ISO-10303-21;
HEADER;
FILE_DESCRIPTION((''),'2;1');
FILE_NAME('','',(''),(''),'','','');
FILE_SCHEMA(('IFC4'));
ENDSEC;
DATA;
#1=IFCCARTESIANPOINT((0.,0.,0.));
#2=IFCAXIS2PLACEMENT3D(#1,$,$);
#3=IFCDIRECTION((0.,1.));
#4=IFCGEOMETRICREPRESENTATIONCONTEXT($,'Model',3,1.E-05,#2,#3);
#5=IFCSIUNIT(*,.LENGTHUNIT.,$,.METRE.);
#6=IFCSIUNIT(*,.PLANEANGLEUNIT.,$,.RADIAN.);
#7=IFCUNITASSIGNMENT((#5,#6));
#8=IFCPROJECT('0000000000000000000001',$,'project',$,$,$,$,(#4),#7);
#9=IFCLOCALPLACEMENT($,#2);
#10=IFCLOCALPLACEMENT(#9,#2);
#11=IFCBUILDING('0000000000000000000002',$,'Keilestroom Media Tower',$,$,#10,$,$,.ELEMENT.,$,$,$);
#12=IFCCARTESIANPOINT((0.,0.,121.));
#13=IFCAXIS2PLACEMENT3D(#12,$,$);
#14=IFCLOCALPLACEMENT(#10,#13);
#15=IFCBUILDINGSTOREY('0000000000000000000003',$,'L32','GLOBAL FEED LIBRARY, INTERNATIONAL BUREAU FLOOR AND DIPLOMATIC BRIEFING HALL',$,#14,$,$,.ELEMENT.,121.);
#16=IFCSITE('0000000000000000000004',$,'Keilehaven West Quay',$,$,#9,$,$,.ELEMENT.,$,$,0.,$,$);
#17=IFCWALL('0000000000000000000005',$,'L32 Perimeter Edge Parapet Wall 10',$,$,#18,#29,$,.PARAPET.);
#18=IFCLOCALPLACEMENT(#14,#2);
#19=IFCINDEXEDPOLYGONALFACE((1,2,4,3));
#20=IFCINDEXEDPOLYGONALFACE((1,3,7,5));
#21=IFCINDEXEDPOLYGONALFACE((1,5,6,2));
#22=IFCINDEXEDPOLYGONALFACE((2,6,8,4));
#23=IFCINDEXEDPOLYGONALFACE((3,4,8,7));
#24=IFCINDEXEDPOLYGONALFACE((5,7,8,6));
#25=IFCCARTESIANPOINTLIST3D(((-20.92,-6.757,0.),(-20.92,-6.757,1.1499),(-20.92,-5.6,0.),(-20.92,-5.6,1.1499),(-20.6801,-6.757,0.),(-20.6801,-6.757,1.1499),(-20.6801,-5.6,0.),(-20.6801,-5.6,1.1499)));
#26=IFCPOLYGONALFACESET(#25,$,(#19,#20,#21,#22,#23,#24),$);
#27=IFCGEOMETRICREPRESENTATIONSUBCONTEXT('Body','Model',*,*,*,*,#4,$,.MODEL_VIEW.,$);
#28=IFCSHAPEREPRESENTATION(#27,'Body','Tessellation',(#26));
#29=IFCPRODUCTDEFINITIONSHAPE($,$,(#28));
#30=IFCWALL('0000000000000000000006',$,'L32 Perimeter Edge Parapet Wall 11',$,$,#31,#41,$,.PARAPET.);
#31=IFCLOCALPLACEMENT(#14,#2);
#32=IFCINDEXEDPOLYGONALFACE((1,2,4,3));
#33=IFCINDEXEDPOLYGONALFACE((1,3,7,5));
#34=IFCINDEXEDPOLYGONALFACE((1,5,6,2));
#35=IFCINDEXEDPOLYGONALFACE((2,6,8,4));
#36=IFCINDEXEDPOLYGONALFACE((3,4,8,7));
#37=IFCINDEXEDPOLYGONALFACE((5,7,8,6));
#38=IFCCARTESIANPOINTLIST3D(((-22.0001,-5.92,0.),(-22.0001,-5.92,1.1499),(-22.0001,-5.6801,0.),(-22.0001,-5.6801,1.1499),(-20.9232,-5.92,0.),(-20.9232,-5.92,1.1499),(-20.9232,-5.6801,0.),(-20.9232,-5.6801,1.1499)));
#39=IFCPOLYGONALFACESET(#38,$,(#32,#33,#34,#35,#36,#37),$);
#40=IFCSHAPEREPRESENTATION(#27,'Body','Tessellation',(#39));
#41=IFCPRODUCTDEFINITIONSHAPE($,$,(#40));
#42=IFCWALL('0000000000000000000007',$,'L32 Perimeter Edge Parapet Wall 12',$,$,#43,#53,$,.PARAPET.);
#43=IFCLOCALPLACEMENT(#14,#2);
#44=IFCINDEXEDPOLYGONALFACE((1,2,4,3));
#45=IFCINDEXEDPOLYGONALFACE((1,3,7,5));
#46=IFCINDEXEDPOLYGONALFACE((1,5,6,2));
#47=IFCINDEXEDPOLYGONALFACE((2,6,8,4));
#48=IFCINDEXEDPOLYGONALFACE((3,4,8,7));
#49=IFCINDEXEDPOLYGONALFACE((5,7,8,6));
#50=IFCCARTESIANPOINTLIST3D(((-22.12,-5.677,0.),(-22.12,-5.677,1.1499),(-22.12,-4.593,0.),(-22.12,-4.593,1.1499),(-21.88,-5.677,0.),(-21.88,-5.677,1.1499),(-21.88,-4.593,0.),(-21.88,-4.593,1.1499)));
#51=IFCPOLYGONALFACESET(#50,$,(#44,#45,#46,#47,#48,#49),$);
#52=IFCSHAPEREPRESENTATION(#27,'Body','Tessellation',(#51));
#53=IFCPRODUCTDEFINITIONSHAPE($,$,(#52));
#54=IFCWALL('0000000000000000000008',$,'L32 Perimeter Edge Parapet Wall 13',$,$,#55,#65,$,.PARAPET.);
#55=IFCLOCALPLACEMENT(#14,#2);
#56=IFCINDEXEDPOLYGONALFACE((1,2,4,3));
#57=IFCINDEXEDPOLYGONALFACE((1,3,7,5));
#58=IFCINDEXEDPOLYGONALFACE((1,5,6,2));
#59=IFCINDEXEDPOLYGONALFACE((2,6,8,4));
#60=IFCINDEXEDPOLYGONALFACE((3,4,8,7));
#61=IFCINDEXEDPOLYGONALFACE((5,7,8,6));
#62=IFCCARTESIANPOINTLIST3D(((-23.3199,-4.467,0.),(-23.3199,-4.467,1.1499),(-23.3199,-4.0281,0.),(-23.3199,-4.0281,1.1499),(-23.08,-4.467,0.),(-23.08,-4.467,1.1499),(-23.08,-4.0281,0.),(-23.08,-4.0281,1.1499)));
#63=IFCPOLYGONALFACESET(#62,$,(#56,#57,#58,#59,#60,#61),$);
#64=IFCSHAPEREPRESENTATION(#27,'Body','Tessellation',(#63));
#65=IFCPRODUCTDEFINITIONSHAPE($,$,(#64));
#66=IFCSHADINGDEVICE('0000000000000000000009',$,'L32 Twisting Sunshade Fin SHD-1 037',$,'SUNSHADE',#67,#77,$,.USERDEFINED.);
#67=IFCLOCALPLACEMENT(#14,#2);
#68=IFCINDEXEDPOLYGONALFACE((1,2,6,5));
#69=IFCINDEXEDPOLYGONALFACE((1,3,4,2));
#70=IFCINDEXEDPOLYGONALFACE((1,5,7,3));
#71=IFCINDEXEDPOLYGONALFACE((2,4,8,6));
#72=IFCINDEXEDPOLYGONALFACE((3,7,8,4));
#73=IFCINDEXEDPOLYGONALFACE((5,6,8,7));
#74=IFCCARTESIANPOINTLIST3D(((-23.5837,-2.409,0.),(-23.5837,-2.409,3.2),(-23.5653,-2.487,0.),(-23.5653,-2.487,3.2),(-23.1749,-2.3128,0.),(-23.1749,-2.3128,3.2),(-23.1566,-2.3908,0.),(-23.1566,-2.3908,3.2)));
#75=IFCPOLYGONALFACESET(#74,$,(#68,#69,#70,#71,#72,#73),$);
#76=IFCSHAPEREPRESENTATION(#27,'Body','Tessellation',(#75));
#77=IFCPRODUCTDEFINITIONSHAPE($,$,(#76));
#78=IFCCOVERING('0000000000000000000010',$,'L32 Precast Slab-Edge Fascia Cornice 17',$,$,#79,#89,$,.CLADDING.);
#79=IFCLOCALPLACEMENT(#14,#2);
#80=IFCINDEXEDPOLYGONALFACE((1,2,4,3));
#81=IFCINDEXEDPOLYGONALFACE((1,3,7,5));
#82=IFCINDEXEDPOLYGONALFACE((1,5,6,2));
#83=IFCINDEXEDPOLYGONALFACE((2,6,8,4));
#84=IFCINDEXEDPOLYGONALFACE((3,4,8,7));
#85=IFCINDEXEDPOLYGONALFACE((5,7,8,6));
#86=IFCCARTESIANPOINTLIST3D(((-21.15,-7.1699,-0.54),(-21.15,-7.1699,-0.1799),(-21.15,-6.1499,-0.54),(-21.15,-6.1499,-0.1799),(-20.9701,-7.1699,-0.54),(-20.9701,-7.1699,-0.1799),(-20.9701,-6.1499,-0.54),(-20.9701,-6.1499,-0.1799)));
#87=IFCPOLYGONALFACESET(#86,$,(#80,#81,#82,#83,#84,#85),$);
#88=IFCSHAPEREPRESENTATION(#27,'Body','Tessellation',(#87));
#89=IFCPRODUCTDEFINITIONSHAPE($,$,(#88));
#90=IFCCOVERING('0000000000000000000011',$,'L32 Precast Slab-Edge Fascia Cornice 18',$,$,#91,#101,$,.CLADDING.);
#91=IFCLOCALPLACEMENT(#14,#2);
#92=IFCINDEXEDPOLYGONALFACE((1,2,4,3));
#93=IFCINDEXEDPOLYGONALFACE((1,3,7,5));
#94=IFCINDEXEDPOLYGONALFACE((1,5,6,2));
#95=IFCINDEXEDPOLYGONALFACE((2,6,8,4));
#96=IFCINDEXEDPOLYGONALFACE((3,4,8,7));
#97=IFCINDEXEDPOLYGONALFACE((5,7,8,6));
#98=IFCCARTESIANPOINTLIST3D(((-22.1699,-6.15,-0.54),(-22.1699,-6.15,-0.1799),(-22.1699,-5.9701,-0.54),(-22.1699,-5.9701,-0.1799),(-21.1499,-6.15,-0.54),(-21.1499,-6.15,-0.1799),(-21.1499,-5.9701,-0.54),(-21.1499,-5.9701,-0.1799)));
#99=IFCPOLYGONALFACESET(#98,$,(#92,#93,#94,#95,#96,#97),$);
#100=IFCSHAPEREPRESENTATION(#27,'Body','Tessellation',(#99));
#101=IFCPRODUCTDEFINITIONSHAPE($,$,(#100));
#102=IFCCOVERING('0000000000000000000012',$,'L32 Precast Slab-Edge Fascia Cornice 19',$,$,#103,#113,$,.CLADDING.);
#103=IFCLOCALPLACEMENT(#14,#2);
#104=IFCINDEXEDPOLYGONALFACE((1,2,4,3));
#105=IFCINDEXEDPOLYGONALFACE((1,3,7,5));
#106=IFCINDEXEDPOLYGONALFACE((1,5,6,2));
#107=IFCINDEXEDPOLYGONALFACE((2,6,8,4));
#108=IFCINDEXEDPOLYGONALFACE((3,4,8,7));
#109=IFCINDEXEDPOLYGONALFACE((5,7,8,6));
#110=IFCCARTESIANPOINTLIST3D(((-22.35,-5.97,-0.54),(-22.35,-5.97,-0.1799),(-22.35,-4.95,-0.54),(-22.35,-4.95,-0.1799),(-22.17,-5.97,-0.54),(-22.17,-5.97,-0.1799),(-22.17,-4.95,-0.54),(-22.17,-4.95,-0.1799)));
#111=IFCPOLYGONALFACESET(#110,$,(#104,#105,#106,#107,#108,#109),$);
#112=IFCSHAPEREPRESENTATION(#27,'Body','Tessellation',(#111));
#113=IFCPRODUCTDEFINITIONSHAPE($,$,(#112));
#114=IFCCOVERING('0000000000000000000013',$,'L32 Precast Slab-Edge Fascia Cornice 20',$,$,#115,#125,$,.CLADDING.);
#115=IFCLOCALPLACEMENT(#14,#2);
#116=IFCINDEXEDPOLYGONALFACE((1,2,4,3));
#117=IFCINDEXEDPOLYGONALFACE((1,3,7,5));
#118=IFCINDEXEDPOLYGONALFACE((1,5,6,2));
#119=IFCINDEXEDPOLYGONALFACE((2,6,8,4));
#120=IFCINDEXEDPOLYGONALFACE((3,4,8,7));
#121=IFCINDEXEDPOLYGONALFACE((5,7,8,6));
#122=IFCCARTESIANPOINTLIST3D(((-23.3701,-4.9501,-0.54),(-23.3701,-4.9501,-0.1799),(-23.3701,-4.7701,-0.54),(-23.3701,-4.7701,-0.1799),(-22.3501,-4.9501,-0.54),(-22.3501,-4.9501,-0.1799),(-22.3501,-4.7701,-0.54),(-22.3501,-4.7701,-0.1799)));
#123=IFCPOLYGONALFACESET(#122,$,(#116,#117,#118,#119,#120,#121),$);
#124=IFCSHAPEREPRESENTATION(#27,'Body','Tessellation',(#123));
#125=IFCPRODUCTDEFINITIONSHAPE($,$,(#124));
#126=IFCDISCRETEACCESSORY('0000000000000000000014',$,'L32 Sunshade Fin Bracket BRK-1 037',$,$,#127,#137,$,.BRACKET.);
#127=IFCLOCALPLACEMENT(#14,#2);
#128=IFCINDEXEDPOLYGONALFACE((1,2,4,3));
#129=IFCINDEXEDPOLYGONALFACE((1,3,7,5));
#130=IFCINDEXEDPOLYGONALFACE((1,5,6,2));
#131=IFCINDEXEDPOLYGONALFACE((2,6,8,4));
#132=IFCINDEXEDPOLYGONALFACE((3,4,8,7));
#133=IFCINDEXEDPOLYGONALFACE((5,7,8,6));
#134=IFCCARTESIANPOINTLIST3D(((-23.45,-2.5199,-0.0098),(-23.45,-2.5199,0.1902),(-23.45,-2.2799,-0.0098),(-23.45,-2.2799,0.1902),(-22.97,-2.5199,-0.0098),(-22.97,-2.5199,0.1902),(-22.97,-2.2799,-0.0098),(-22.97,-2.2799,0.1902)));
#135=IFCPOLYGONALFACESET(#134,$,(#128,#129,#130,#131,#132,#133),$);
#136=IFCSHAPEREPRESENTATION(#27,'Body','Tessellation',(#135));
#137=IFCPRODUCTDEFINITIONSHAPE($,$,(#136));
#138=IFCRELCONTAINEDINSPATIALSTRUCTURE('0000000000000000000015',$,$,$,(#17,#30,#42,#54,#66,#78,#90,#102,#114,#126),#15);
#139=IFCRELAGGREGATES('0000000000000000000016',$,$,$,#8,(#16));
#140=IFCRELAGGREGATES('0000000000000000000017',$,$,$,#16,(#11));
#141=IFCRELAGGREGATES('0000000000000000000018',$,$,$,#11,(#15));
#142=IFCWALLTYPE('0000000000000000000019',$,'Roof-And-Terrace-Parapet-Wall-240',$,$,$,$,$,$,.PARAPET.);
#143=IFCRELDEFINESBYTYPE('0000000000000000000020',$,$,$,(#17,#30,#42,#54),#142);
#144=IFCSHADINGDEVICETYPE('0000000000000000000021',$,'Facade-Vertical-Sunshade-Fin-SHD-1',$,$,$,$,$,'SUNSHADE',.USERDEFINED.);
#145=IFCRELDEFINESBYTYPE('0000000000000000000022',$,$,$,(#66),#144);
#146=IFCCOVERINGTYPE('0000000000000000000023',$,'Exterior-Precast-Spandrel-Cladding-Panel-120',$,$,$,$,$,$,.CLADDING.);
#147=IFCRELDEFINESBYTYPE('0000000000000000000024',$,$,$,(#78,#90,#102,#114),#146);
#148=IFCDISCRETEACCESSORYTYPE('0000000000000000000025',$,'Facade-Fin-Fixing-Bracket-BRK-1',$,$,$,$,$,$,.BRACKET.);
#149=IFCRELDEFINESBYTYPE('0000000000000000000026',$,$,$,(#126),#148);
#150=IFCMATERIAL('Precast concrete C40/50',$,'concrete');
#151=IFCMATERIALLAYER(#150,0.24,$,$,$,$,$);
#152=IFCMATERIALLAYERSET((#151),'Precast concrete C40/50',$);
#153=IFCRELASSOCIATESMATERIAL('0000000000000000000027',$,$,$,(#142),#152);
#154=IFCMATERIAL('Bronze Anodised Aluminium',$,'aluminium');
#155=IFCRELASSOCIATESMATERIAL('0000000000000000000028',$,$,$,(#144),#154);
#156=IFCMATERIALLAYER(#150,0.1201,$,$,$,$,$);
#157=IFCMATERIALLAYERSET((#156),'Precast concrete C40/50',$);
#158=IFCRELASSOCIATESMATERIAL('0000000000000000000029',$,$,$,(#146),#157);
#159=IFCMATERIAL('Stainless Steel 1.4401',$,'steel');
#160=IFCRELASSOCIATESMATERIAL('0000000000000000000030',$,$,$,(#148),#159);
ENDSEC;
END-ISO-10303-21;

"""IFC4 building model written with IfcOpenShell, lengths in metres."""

from ifc_helpers import new_model, si_unit, direction, frame, frame_2d, origin, origin_2d, place, context, subcontext, project, spatial, rectangle, extrude, source, transform, mapped, material, layer, layer_set, type_object, element, save


model = new_model("IFC4")

# Units and contexts
model_context = context("Model", 3, precision=1e-05, world=origin(), true_north=direction((0.0, 1.0)))
body_context = subcontext(model_context, "Body", "Model", "MODEL_VIEW")
ifc_project = project(units=[si_unit("LENGTHUNIT", "METRE"), si_unit("PLANEANGLEUNIT", "RADIAN")], contexts=[model_context])

# Site, building, storey
site_placement = place(None, origin())
site = spatial("IfcSite", under=ifc_project, at=site_placement, Name="Keilehaven West Quay", CompositionType="ELEMENT", RefElevation=0.0)
building_placement = place(site_placement, origin())
building = spatial("IfcBuilding", under=site, at=building_placement, Name="Keilestroom Media Tower", CompositionType="ELEMENT")
storey_placement = place(building_placement, frame((0.0, 0.0, 121.0)))
storey = spatial("IfcBuildingStorey", under=building, at=storey_placement, Name="L32", Description="GLOBAL FEED LIBRARY, INTERNATIONAL BUREAU FLOOR AND DIPLOMATIC BRIEFING HALL", CompositionType="ELEMENT", Elevation=121.0)

# Shared definitions
ifc_material_1 = material(Name="Precast concrete C40/50", Category="concrete")

# Walls
ifc_layer_1 = layer(ifc_material_1, 0.24)
ifc_layer_set_1 = layer_set([ifc_layer_1], Name="Precast concrete C40/50")
wall_type_1 = type_object("IfcWallType", Name="Roof-And-Terrace-Parapet-Wall-240", PredefinedType="PARAPET", material=ifc_layer_set_1)
wall_1_placement = place(storey_placement, frame((-20.8, -6.7571, 0.0), z_axis=(0.0, 0.0, 1.0), x_axis=(0.0, 1.0, 0.0)))
element("IfcWall", 1, at=wall_1_placement, inside=storey, type_object=wall_type_1, Name="L32 Perimeter Edge Parapet Wall 10", PredefinedType="PARAPET", context=body_context, shape_type="SweptSolid", body=[
    extrude(rectangle(XDim=1.157, YDim=0.24, at=frame_2d((0.5786, 0.0))), origin(), (0.0, 0.0, 1.0), 1.1499),
])
wall_2_placement = place(storey_placement, frame((-20.9231, -5.8, 0.0), z_axis=(0.0, 0.0, 1.0), x_axis=(-1.0, 0.0, 0.0)))
element("IfcWall", 2, at=wall_2_placement, inside=storey, type_object=wall_type_1, Name="L32 Perimeter Edge Parapet Wall 11", PredefinedType="PARAPET", context=body_context, shape_type="SweptSolid", body=[
    extrude(rectangle(XDim=1.0769, YDim=0.24, at=frame_2d((0.5386, 0.0))), origin(), (0.0, 0.0, 1.0), 1.1499),
])
wall_3_placement = place(storey_placement, frame((-22.0, -5.677, 0.0), z_axis=(0.0, 0.0, 1.0), x_axis=(0.0, 1.0, 0.0)))
element("IfcWall", 3, at=wall_3_placement, inside=storey, type_object=wall_type_1, Name="L32 Perimeter Edge Parapet Wall 12", PredefinedType="PARAPET", context=body_context, shape_type="SweptSolid", body=[
    extrude(rectangle(XDim=1.084, YDim=0.24, at=frame_2d((0.542, 0.0))), origin(), (0.0, 0.0, 1.0), 1.1499),
])
wall_4_placement = place(storey_placement, frame((-23.2, -4.467, 0.0), z_axis=(0.0, 0.0, 1.0), x_axis=(0.0, 1.0, 0.0)))
element("IfcWall", 4, at=wall_4_placement, inside=storey, type_object=wall_type_1, Name="L32 Perimeter Edge Parapet Wall 13", PredefinedType="PARAPET", context=body_context, shape_type="SweptSolid", body=[
    extrude(rectangle(XDim=0.439, YDim=0.24, at=frame_2d((0.2195, 0.0))), origin(), (0.0, 0.0, 1.0), 1.1499),
])

# Shading device
ifc_material_2 = material(Name="Bronze Anodised Aluminium", Category="aluminium")
shading_device_type = type_object("IfcShadingDeviceType", Name="Facade-Vertical-Sunshade-Fin-SHD-1", ElementType="SUNSHADE", PredefinedType="USERDEFINED", material=ifc_material_2)
shared_shape_1 = source(origin(), body_context, "Body", "SweptSolid", [
    extrude(rectangle(XDim=0.4199, YDim=0.0801, at=origin_2d()), origin(), (0.0, 0.0, 1.0), 3.2),
])
shading_device_placement = place(storey_placement, frame((-23.3701, -2.3999, 0.0), z_axis=(0.0, 0.0, 1.0), x_axis=(0.973419, 0.229031, 0.0)))
element("IfcShadingDevice", 5, at=shading_device_placement, inside=storey, type_object=shading_device_type, Name="L32 Twisting Sunshade Fin SHD-1 037", ObjectType="SUNSHADE", PredefinedType="USERDEFINED", context=body_context, shape_type="MappedRepresentation", body=[
    mapped(shared_shape_1, transform((0.0, 0.0, 0.0), x_axis=(1.0, 0.0, 0.0), y_axis=(0.0, 1.0, 0.0), z_axis=(0.0, 0.0, 1.0), scale=1.0)),
])

# Coverings
ifc_layer_2 = layer(ifc_material_1, 0.1201)
ifc_layer_set_2 = layer_set([ifc_layer_2], Name="Precast concrete C40/50")
covering_type = type_object("IfcCoveringType", Name="Exterior-Precast-Spandrel-Cladding-Panel-120", PredefinedType="CLADDING", material=ifc_layer_set_2)
shared_shape_2 = source(origin(), body_context, "Body", "SweptSolid", [
    extrude(rectangle(XDim=1.02, YDim=0.1799, at=origin_2d()), origin(), (0.0, 0.0, 1.0), 0.3601),
])
for number, where, z_axis, x_axis, name in (
    (6, (-21.0601, -6.6599, -0.54), (0.0, 0.0, 1.0), (0.0, 1.0, 0.0), "L32 Precast Slab-Edge Fascia Cornice 17"),
    (7, (-21.6599, -6.0601, -0.54), (0.0, 0.0, 1.0), (-1.0, 0.0, 0.0), "L32 Precast Slab-Edge Fascia Cornice 18"),
    (8, (-22.26, -5.46, -0.54), (0.0, 0.0, 1.0), (0.0, 1.0, 0.0), "L32 Precast Slab-Edge Fascia Cornice 19"),
    (9, (-22.8601, -4.8601, -0.54), (0.0, 0.0, 1.0), (-1.0, 0.0, 0.0), "L32 Precast Slab-Edge Fascia Cornice 20"),
):
    element("IfcCovering", number, at=place(storey_placement, frame(where, z_axis=z_axis, x_axis=x_axis)), inside=storey, type_object=covering_type, Name=name, PredefinedType="CLADDING", context=body_context, shape_type="MappedRepresentation", body=[
        mapped(shared_shape_2, transform((0.0, 0.0, 0.0), x_axis=(1.0, 0.0, 0.0), y_axis=(0.0, 1.0, 0.0), z_axis=(0.0, 0.0, 1.0), scale=1.0)),
    ])

# Discrete accessory
ifc_material_3 = material(Name="Stainless Steel 1.4401", Category="steel")
discrete_accessory_type = type_object("IfcDiscreteAccessoryType", Name="Facade-Fin-Fixing-Bracket-BRK-1", PredefinedType="BRACKET", material=ifc_material_3)
shared_shape_3 = source(origin(), body_context, "Body", "SweptSolid", [
    extrude(rectangle(XDim=0.48, YDim=0.24, at=origin_2d()), origin(), (0.0, 0.0, 1.0), 0.2),
])
discrete_accessory_placement = place(storey_placement, frame((-23.21, -2.3999, -0.0098), z_axis=(0.0, 0.0, 1.0), x_axis=(1.0, 0.0, 0.0)))
element("IfcDiscreteAccessory", 10, at=discrete_accessory_placement, inside=storey, type_object=discrete_accessory_type, Name="L32 Sunshade Fin Bracket BRK-1 037", PredefinedType="BRACKET", context=body_context, shape_type="MappedRepresentation", body=[
    mapped(shared_shape_3, transform((0.0, 0.0, 0.0), x_axis=(1.0, 0.0, 0.0), y_axis=(0.0, 1.0, 0.0), z_axis=(0.0, 0.0, 1.0), scale=1.0)),
])

save(model, "model.ifc")
